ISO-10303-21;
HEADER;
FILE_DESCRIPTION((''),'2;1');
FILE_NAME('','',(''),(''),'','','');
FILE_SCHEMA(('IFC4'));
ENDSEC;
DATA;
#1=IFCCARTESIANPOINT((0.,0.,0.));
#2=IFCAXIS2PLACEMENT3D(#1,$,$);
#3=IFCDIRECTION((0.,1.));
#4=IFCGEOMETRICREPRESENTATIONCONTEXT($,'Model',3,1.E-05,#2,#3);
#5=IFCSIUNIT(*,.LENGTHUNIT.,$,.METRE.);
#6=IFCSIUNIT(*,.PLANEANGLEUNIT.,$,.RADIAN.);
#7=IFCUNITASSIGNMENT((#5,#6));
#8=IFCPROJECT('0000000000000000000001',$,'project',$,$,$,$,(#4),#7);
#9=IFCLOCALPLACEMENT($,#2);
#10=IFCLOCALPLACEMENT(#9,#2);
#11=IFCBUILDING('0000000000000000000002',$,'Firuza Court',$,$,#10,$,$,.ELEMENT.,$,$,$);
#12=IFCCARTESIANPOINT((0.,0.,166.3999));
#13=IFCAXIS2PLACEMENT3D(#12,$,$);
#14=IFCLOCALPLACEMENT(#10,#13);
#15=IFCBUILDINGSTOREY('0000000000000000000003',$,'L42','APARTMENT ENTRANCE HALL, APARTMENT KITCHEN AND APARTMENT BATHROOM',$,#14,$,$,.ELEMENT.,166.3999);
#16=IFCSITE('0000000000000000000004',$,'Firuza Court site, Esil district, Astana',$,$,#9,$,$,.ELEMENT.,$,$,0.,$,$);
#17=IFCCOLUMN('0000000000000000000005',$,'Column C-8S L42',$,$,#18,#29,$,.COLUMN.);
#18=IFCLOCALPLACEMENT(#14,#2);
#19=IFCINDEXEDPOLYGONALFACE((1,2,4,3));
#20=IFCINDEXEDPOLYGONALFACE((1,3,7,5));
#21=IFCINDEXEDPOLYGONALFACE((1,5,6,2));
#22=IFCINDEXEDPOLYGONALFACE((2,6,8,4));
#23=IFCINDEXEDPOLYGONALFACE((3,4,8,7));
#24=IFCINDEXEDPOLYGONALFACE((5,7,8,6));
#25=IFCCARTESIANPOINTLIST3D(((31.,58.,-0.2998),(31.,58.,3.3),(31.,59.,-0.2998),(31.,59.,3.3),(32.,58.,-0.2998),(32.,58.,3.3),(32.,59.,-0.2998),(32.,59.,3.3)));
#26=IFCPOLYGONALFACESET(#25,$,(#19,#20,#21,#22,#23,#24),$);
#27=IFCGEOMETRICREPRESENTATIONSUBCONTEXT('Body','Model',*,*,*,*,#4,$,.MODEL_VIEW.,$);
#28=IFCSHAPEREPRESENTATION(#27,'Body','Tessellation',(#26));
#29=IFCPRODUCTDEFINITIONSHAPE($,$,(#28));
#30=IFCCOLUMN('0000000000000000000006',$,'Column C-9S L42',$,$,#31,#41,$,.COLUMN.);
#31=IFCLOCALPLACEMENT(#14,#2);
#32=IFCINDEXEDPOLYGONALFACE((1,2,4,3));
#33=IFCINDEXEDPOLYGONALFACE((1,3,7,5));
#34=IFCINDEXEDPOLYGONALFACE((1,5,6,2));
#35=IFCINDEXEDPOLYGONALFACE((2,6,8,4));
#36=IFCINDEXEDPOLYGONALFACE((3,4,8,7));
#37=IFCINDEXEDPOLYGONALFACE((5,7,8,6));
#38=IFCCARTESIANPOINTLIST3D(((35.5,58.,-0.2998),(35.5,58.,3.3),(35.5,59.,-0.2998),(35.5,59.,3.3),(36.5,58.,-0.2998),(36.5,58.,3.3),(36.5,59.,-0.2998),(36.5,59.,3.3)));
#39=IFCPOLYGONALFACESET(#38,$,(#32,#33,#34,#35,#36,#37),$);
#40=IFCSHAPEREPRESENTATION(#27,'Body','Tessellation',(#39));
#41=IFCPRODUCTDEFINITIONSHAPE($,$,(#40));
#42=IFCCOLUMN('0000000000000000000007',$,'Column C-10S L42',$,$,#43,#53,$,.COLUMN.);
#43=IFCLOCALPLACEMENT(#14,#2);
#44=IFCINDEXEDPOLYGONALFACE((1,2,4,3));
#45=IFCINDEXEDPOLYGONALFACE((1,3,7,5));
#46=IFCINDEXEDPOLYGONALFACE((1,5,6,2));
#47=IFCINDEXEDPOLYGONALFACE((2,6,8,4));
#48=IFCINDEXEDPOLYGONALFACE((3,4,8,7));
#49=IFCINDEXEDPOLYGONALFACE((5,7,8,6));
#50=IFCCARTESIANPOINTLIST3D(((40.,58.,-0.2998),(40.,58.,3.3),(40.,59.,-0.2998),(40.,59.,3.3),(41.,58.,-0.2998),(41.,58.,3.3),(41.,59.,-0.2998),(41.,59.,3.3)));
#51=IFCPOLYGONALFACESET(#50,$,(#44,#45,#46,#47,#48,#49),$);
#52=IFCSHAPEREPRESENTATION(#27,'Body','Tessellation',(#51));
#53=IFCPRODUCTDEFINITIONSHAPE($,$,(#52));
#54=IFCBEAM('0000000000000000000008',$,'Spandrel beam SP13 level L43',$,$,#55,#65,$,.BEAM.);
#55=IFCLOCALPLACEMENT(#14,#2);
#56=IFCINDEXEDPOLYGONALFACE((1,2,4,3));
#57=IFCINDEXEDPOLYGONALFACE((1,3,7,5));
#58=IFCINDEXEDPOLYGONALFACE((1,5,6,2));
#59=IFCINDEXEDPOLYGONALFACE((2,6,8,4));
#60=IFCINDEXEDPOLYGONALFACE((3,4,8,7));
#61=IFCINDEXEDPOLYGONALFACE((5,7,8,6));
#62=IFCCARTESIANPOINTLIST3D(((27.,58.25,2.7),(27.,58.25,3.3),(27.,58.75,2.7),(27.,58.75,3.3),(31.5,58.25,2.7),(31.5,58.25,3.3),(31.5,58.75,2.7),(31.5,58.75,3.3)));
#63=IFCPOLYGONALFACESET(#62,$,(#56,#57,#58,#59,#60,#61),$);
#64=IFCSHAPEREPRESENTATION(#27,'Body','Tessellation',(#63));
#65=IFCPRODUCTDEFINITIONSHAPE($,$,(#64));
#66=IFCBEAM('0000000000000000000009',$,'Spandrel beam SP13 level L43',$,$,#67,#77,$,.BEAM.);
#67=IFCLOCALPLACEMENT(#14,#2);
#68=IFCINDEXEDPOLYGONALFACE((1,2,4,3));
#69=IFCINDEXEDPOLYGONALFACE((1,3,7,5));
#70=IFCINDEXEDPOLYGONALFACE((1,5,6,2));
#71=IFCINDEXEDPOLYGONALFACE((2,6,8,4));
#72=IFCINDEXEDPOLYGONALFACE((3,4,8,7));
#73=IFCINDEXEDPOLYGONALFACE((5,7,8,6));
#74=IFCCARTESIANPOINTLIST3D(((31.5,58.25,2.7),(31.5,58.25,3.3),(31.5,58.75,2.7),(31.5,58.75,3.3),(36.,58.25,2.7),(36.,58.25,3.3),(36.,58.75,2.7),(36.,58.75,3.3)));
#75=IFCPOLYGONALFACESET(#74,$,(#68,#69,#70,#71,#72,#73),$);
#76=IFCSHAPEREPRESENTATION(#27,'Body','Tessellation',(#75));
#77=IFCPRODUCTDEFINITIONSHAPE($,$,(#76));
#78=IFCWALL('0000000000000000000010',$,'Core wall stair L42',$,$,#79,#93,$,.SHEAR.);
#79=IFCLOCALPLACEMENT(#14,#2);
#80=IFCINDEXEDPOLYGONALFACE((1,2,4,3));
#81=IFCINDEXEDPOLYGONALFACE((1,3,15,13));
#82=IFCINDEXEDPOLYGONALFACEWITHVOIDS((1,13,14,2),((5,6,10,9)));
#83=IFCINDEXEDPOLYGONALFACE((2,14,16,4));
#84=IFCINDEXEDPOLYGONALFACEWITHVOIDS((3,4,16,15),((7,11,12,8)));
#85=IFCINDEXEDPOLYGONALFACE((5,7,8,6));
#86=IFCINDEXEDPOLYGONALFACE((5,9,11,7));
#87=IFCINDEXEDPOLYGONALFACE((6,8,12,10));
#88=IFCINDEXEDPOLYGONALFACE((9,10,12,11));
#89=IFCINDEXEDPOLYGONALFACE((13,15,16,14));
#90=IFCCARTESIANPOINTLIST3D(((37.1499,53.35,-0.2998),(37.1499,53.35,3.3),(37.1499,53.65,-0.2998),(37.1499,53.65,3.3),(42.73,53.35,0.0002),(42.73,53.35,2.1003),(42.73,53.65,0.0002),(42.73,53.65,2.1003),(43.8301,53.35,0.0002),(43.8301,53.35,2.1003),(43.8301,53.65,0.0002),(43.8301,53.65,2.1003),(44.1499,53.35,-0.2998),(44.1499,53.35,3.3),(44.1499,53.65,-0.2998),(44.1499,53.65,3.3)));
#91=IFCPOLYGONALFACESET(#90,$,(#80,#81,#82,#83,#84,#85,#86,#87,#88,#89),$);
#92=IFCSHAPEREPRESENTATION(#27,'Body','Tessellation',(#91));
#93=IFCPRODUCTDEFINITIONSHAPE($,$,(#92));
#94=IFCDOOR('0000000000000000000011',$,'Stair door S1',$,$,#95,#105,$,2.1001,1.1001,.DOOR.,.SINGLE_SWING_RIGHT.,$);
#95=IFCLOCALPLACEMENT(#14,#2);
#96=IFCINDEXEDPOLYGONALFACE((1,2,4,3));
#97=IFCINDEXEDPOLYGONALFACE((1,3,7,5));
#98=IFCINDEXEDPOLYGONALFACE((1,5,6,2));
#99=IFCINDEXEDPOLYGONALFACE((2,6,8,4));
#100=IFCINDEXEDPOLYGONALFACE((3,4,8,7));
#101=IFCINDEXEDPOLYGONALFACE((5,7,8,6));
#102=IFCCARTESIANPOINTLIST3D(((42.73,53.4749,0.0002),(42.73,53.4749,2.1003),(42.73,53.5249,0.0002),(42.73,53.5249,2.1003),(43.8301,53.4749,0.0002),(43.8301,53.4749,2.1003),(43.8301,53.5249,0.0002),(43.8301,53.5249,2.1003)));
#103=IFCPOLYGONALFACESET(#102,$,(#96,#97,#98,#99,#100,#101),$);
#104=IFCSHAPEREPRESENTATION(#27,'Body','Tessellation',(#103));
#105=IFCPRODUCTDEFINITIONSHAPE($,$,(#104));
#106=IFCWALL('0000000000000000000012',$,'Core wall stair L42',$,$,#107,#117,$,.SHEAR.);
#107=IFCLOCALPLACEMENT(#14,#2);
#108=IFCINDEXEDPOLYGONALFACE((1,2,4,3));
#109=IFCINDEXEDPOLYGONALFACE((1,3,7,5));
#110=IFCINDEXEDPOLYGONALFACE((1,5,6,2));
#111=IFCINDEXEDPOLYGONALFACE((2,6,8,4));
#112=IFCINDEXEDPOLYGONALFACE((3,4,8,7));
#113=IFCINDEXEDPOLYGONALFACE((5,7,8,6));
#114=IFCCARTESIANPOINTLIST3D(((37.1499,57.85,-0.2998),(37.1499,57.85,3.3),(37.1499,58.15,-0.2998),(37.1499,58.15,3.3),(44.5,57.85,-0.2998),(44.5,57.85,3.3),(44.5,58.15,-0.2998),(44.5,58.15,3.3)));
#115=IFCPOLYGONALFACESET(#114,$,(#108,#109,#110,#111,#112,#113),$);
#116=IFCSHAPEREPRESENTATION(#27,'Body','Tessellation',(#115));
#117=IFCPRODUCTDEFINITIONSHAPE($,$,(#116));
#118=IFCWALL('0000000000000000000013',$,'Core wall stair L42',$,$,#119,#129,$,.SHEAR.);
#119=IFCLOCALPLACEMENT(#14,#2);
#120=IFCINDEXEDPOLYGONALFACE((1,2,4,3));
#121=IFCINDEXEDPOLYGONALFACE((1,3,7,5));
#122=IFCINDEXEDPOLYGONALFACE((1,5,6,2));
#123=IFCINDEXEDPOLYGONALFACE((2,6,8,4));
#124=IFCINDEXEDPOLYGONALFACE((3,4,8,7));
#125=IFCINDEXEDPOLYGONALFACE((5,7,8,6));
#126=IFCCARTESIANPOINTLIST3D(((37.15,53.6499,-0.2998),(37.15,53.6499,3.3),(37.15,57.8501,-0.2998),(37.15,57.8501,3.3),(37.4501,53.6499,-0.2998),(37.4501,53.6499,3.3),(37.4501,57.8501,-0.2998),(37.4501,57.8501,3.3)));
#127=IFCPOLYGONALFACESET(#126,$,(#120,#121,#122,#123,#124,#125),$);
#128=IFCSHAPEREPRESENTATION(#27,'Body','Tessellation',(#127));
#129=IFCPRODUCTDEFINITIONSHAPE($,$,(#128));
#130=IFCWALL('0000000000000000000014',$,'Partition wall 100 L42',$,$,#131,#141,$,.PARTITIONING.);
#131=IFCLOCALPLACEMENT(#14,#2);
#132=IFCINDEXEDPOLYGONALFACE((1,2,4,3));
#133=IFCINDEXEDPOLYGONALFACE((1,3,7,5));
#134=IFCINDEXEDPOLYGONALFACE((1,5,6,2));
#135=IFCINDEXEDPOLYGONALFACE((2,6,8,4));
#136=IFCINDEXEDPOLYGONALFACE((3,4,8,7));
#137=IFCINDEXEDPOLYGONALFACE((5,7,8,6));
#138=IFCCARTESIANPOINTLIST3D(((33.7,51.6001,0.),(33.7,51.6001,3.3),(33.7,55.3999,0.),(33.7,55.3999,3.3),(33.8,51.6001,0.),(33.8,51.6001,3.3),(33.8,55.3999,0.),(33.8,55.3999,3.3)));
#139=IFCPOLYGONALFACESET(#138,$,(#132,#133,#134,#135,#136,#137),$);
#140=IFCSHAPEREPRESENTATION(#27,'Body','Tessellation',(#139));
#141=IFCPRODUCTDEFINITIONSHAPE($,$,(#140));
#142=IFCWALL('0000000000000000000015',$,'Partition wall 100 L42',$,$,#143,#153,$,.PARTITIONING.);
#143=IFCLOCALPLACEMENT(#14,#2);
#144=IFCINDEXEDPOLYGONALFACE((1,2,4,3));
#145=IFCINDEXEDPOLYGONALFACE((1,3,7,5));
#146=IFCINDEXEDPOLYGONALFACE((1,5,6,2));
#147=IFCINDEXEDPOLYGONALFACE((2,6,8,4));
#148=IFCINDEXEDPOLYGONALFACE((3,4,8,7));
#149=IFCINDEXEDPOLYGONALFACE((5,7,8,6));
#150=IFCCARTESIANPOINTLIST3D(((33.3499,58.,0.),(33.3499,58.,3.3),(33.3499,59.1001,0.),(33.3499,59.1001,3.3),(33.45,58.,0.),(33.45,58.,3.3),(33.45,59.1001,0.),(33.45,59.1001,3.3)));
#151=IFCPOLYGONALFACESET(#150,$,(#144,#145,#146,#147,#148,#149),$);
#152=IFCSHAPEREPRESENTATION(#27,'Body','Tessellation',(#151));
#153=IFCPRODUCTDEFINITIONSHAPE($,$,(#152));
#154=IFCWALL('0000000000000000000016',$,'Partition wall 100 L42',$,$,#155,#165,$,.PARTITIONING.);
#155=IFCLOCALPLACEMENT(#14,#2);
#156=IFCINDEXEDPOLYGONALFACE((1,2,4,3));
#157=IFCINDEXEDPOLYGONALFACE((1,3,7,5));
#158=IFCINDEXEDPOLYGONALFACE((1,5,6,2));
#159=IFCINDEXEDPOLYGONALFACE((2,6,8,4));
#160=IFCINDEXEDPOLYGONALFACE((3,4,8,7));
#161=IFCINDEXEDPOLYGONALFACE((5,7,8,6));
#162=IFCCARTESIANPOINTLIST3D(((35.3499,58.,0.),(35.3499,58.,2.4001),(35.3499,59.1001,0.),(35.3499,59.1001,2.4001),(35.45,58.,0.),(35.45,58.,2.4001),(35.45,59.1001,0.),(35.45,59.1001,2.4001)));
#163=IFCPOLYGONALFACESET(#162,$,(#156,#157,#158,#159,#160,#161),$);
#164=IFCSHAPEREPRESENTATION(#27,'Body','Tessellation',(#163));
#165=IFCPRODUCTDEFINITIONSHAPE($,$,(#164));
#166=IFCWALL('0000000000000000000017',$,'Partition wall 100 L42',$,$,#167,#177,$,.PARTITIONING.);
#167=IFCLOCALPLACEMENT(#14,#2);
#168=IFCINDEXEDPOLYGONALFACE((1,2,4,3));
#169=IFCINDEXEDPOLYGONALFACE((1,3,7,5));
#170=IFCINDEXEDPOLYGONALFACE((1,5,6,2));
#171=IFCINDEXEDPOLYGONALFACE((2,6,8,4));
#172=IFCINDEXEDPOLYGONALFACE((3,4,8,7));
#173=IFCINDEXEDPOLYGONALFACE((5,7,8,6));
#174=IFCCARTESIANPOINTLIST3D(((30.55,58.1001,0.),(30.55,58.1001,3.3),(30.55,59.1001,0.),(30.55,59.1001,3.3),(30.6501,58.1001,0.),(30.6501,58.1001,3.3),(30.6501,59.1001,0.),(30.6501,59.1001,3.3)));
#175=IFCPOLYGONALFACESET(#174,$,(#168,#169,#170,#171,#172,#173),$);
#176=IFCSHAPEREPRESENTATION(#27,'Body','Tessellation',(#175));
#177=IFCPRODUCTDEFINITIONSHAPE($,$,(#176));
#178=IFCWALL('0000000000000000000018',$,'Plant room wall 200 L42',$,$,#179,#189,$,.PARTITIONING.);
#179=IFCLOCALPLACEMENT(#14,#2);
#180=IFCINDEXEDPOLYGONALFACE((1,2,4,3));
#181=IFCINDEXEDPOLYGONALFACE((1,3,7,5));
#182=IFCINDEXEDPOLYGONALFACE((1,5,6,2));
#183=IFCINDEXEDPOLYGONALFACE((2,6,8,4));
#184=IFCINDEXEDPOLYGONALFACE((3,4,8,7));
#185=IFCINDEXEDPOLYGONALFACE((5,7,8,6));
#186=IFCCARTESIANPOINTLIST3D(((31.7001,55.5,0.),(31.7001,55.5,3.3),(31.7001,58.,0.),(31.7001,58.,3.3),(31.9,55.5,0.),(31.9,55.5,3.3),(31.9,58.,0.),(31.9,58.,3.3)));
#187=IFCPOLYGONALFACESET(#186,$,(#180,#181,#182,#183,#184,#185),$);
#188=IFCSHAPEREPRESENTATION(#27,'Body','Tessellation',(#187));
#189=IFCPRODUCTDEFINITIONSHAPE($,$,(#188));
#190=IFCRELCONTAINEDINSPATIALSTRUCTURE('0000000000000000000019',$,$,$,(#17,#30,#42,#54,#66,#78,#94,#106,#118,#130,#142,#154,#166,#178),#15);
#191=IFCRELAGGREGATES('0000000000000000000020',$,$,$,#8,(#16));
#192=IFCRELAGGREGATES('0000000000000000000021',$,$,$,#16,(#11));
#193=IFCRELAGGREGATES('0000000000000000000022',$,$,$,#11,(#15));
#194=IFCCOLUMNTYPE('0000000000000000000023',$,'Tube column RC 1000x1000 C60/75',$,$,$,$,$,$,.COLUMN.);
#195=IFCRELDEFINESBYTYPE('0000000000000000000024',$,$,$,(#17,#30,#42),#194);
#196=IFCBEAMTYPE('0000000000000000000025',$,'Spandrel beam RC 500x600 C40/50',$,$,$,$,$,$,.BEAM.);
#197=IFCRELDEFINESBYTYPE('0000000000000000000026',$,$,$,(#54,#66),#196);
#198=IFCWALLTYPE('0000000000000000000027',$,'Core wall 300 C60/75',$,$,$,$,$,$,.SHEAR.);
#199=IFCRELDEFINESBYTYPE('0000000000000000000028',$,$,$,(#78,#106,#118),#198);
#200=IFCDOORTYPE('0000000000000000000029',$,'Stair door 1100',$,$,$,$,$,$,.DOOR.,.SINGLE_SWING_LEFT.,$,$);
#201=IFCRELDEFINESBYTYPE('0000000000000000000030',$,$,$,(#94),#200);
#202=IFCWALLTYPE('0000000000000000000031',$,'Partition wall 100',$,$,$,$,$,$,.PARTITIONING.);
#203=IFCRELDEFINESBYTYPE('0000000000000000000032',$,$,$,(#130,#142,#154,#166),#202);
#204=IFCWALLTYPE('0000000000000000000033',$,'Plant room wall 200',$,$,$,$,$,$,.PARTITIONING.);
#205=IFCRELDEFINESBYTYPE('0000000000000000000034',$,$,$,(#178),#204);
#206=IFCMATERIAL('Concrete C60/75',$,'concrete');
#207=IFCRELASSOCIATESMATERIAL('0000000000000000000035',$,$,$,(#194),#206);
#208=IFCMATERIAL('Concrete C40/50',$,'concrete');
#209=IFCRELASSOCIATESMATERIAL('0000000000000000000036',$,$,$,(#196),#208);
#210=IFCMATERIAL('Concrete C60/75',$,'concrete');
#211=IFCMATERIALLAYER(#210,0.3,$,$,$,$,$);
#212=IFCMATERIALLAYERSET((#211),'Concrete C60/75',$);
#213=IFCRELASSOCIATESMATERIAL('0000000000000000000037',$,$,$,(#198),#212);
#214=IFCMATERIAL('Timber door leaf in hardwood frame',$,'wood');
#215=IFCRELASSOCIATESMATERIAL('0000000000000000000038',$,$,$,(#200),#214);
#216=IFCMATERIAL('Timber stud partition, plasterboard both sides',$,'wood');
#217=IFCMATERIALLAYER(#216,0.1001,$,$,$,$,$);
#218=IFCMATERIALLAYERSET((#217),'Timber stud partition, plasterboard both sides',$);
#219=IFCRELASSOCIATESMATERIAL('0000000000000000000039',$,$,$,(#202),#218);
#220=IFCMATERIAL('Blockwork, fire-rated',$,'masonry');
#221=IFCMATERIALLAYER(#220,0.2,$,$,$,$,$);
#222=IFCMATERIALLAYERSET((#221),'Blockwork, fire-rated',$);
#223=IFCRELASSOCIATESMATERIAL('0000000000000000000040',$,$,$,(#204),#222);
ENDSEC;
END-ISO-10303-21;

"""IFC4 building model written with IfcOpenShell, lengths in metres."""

from ifc_helpers import new_model, si_unit, direction, frame, frame_2d, origin, origin_2d, place, context, subcontext, project, spatial, rectangle, extrude, material, layer, layer_set, material_profile, profile_set, type_object, element, fill, save


model = new_model("IFC4")

# Units and contexts
model_context = context("Model", 3, precision=1e-05, world=origin(), true_north=direction((0.0, 1.0)))
body_context = subcontext(model_context, "Body", "Model", "MODEL_VIEW")
ifc_project = project(units=[si_unit("LENGTHUNIT", "METRE"), si_unit("PLANEANGLEUNIT", "RADIAN")], contexts=[model_context])

# Site, building, storey
site_placement = place(None, origin())
site = spatial("IfcSite", under=ifc_project, at=site_placement, Name="Firuza Court site, Esil district, Astana", CompositionType="ELEMENT", RefElevation=0.0)
building_placement = place(site_placement, origin())
building = spatial("IfcBuilding", under=site, at=building_placement, Name="Firuza Court", CompositionType="ELEMENT")
storey_placement = place(building_placement, frame((0.0, 0.0, 166.3999)))
storey = spatial("IfcBuildingStorey", under=building, at=storey_placement, Name="L42", Description="APARTMENT ENTRANCE HALL, APARTMENT KITCHEN AND APARTMENT BATHROOM", CompositionType="ELEMENT", Elevation=166.3999)

# Columns
ifc_material_1 = material(Name="Concrete C60/75", Category="concrete")
ifc_material_profile_1 = material_profile(ifc_material_1, rectangle(XDim=1.0, YDim=1.0, at=origin_2d()), Name="RC 1000x1000")
ifc_profile_set_1 = profile_set([ifc_material_profile_1], Name="Concrete C60/75")
column_type = type_object("IfcColumnType", Name="Tube column RC 1000x1000 C60/75", PredefinedType="COLUMN", material=ifc_profile_set_1)
for number, where, z_axis, x_axis, name in (
    (1, (31.5, 58.5, -0.2998), (0.0, 0.0, 1.0), (1.0, 0.0, 0.0), "Column C-8S L42"),
    (2, (36.0, 58.5, -0.2998), (0.0, 0.0, 1.0), (1.0, 0.0, 0.0), "Column C-9S L42"),
    (3, (40.5, 58.5, -0.2998), (0.0, 0.0, 1.0), (1.0, 0.0, 0.0), "Column C-10S L42"),
):
    element("IfcColumn", number, at=place(storey_placement, frame(where, z_axis=z_axis, x_axis=x_axis)), inside=storey, type_object=column_type, Name=name, PredefinedType="COLUMN", context=body_context, shape_type="SweptSolid", body=[
        extrude(rectangle(XDim=1.0, YDim=1.0, at=origin_2d()), origin(), (0.0, 0.0, 1.0), 3.5999),
    ])

# Beams
ifc_material_2 = material(Name="Concrete C40/50", Category="concrete")
ifc_material_profile_2 = material_profile(ifc_material_2, rectangle(XDim=0.5, YDim=0.6001, at=origin_2d()), Name="RC 500x600")
ifc_profile_set_2 = profile_set([ifc_material_profile_2], Name="Concrete C40/50")
beam_type = type_object("IfcBeamType", Name="Spandrel beam RC 500x600 C40/50", PredefinedType="BEAM", material=ifc_profile_set_2)
for number, where, z_axis, x_axis, name in (
    (4, (31.5, 58.5, 3.0), (-1.0, 0.0, 0.0), (0.0, -1.0, 0.0), "Spandrel beam SP13 level L43"),
    (5, (36.0, 58.5, 3.0), (-1.0, 0.0, 0.0), (0.0, -1.0, 0.0), "Spandrel beam SP13 level L43"),
):
    element("IfcBeam", number, at=place(storey_placement, frame(where, z_axis=z_axis, x_axis=x_axis)), inside=storey, type_object=beam_type, Name=name, PredefinedType="BEAM", context=body_context, shape_type="SweptSolid", body=[
        extrude(rectangle(XDim=0.5, YDim=0.6001, at=origin_2d()), origin(), (0.0, 0.0, 1.0), 4.5),
    ])

# Wall, opening, door
ifc_material_3 = material(Name="Concrete C60/75", Category="concrete")
ifc_layer_1 = layer(ifc_material_3, 0.3)
ifc_layer_set_1 = layer_set([ifc_layer_1], Name="Concrete C60/75")
wall_type_1 = type_object("IfcWallType", Name="Core wall 300 C60/75", PredefinedType="SHEAR", material=ifc_layer_set_1)
wall_1_placement = place(storey_placement, frame((37.1499, 53.5, -0.2998), z_axis=(0.0, 0.0, 1.0), x_axis=(1.0, 0.0, 0.0)))
wall_1 = element("IfcWall", 6, at=wall_1_placement, inside=storey, type_object=wall_type_1, Name="Core wall stair L42", PredefinedType="SHEAR", context=body_context, shape_type="SweptSolid", body=[
    extrude(rectangle(XDim=7.0, YDim=0.3, at=frame_2d((3.5, 0.0))), origin(), (0.0, 0.0, 1.0), 3.5999),
])
opening_1_placement = place(wall_1_placement, frame((5.5801, 0.0, 0.3)))
opening_1 = element("IfcOpeningElement", 7, at=opening_1_placement, cuts=wall_1, PredefinedType="OPENING", context=body_context, shape_type="SweptSolid", body=[
    extrude(rectangle(XDim=1.1001, YDim=2.1001, at=frame_2d((0.55, 1.05))), frame((0.0, 0.1621, 0.0), z_axis=(0.0, -1.0, 0.0), x_axis=(1.0, 0.0, 0.0)), (0.0, 0.0, 1.0), 0.324),
])
ifc_material_4 = material(Name="Timber door leaf in hardwood frame", Category="wood")
door_type_1 = type_object("IfcDoorType", Name="Stair door 1100", OperationType="SINGLE_SWING_LEFT", PredefinedType="DOOR", material=ifc_material_4)
door_1_placement = place(opening_1_placement, origin())
door_1 = element("IfcDoor", 8, at=door_1_placement, inside=storey, type_object=door_type_1, Name="Stair door S1", OperationType="SINGLE_SWING_RIGHT", OverallHeight=2.1001, OverallWidth=1.1001, PredefinedType="DOOR", context=body_context, shape_type="SweptSolid", body=[
    extrude(rectangle(XDim=1.1001, YDim=2.1001, at=frame_2d((0.55, 1.05))), frame((0.0, 0.0249, 0.0), z_axis=(0.0, -1.0, 0.0), x_axis=(1.0, 0.0, 0.0)), (0.0, 0.0, 1.0), 0.05),
])
fill(opening_1, door_1)

# Walls
wall_2_placement = place(storey_placement, frame((37.1499, 58.0, -0.2998), z_axis=(0.0, 0.0, 1.0), x_axis=(1.0, 0.0, 0.0)))
element("IfcWall", 9, at=wall_2_placement, inside=storey, type_object=wall_type_1, Name="Core wall stair L42", PredefinedType="SHEAR", context=body_context, shape_type="SweptSolid", body=[
    extrude(rectangle(XDim=7.3501, YDim=0.3, at=frame_2d((3.675, 0.0))), origin(), (0.0, 0.0, 1.0), 3.5999),
])
wall_3_placement = place(storey_placement, frame((37.3, 53.6499, -0.2998), z_axis=(0.0, 0.0, 1.0), x_axis=(0.0, 1.0, 0.0)))
element("IfcWall", 10, at=wall_3_placement, inside=storey, type_object=wall_type_1, Name="Core wall stair L42", PredefinedType="SHEAR", context=body_context, shape_type="SweptSolid", body=[
    extrude(rectangle(XDim=4.2002, YDim=0.3, at=frame_2d((2.1001, 0.0))), origin(), (0.0, 0.0, 1.0), 3.5999),
])
ifc_material_5 = material(Name="Timber stud partition, plasterboard both sides", Category="wood")
ifc_layer_2 = layer(ifc_material_5, 0.1001)
ifc_layer_set_2 = layer_set([ifc_layer_2], Name="Timber stud partition, plasterboard both sides")
wall_type_2 = type_object("IfcWallType", Name="Partition wall 100", PredefinedType="PARTITIONING", material=ifc_layer_set_2)
wall_4_placement = place(storey_placement, frame((33.75, 51.6001, 0.0), z_axis=(0.0, 0.0, 1.0), x_axis=(0.0, 1.0, 0.0)))
element("IfcWall", 11, at=wall_4_placement, inside=storey, type_object=wall_type_2, Name="Partition wall 100 L42", PredefinedType="PARTITIONING", context=body_context, shape_type="SweptSolid", body=[
    extrude(rectangle(XDim=3.7998, YDim=0.1001, at=frame_2d((1.8999, 0.0))), origin(), (0.0, 0.0, 1.0), 3.3),
])
wall_5_placement = place(storey_placement, frame((33.3999, 58.0, 0.0), z_axis=(0.0, 0.0, 1.0), x_axis=(0.0, 1.0, 0.0)))
element("IfcWall", 12, at=wall_5_placement, inside=storey, type_object=wall_type_2, Name="Partition wall 100 L42", PredefinedType="PARTITIONING", context=body_context, shape_type="SweptSolid", body=[
    extrude(rectangle(XDim=1.1001, YDim=0.1001, at=frame_2d((0.55, 0.0))), origin(), (0.0, 0.0, 1.0), 3.3),
])
wall_6_placement = place(storey_placement, frame((35.3999, 58.0, 0.0), z_axis=(0.0, 0.0, 1.0), x_axis=(0.0, 1.0, 0.0)))
element("IfcWall", 13, at=wall_6_placement, inside=storey, type_object=wall_type_2, Name="Partition wall 100 L42", PredefinedType="PARTITIONING", context=body_context, shape_type="SweptSolid", body=[
    extrude(rectangle(XDim=1.1001, YDim=0.1001, at=frame_2d((0.55, 0.0))), origin(), (0.0, 0.0, 1.0), 2.4001),
])
wall_7_placement = place(storey_placement, frame((30.6001, 58.1001, 0.0), z_axis=(0.0, 0.0, 1.0), x_axis=(0.0, 1.0, 0.0)))
element("IfcWall", 14, at=wall_7_placement, inside=storey, type_object=wall_type_2, Name="Partition wall 100 L42", PredefinedType="PARTITIONING", context=body_context, shape_type="SweptSolid", body=[
    extrude(rectangle(XDim=1.0, YDim=0.1001, at=frame_2d((0.5, 0.0))), origin(), (0.0, 0.0, 1.0), 3.3),
])
ifc_material_6 = material(Name="Blockwork, fire-rated", Category="masonry")
ifc_layer_3 = layer(ifc_material_6, 0.2)
ifc_layer_set_3 = layer_set([ifc_layer_3], Name="Blockwork, fire-rated")
wall_type_3 = type_object("IfcWallType", Name="Plant room wall 200", PredefinedType="PARTITIONING", material=ifc_layer_set_3)
for number, where, z_axis, x_axis, name in (
    (15, (31.8, 55.5, 0.0), (0.0, 0.0, 1.0), (0.0, 1.0, 0.0), "Plant room wall 200 L42"),
):
    element("IfcWall", number, at=place(storey_placement, frame(where, z_axis=z_axis, x_axis=x_axis)), inside=storey, type_object=wall_type_3, Name=name, PredefinedType="PARTITIONING", context=body_context, shape_type="SweptSolid", body=[
        extrude(rectangle(XDim=2.5, YDim=0.2, at=frame_2d((1.25, 0.0))), origin(), (0.0, 0.0, 1.0), 3.3),
    ])

save(model, "model.ifc")
